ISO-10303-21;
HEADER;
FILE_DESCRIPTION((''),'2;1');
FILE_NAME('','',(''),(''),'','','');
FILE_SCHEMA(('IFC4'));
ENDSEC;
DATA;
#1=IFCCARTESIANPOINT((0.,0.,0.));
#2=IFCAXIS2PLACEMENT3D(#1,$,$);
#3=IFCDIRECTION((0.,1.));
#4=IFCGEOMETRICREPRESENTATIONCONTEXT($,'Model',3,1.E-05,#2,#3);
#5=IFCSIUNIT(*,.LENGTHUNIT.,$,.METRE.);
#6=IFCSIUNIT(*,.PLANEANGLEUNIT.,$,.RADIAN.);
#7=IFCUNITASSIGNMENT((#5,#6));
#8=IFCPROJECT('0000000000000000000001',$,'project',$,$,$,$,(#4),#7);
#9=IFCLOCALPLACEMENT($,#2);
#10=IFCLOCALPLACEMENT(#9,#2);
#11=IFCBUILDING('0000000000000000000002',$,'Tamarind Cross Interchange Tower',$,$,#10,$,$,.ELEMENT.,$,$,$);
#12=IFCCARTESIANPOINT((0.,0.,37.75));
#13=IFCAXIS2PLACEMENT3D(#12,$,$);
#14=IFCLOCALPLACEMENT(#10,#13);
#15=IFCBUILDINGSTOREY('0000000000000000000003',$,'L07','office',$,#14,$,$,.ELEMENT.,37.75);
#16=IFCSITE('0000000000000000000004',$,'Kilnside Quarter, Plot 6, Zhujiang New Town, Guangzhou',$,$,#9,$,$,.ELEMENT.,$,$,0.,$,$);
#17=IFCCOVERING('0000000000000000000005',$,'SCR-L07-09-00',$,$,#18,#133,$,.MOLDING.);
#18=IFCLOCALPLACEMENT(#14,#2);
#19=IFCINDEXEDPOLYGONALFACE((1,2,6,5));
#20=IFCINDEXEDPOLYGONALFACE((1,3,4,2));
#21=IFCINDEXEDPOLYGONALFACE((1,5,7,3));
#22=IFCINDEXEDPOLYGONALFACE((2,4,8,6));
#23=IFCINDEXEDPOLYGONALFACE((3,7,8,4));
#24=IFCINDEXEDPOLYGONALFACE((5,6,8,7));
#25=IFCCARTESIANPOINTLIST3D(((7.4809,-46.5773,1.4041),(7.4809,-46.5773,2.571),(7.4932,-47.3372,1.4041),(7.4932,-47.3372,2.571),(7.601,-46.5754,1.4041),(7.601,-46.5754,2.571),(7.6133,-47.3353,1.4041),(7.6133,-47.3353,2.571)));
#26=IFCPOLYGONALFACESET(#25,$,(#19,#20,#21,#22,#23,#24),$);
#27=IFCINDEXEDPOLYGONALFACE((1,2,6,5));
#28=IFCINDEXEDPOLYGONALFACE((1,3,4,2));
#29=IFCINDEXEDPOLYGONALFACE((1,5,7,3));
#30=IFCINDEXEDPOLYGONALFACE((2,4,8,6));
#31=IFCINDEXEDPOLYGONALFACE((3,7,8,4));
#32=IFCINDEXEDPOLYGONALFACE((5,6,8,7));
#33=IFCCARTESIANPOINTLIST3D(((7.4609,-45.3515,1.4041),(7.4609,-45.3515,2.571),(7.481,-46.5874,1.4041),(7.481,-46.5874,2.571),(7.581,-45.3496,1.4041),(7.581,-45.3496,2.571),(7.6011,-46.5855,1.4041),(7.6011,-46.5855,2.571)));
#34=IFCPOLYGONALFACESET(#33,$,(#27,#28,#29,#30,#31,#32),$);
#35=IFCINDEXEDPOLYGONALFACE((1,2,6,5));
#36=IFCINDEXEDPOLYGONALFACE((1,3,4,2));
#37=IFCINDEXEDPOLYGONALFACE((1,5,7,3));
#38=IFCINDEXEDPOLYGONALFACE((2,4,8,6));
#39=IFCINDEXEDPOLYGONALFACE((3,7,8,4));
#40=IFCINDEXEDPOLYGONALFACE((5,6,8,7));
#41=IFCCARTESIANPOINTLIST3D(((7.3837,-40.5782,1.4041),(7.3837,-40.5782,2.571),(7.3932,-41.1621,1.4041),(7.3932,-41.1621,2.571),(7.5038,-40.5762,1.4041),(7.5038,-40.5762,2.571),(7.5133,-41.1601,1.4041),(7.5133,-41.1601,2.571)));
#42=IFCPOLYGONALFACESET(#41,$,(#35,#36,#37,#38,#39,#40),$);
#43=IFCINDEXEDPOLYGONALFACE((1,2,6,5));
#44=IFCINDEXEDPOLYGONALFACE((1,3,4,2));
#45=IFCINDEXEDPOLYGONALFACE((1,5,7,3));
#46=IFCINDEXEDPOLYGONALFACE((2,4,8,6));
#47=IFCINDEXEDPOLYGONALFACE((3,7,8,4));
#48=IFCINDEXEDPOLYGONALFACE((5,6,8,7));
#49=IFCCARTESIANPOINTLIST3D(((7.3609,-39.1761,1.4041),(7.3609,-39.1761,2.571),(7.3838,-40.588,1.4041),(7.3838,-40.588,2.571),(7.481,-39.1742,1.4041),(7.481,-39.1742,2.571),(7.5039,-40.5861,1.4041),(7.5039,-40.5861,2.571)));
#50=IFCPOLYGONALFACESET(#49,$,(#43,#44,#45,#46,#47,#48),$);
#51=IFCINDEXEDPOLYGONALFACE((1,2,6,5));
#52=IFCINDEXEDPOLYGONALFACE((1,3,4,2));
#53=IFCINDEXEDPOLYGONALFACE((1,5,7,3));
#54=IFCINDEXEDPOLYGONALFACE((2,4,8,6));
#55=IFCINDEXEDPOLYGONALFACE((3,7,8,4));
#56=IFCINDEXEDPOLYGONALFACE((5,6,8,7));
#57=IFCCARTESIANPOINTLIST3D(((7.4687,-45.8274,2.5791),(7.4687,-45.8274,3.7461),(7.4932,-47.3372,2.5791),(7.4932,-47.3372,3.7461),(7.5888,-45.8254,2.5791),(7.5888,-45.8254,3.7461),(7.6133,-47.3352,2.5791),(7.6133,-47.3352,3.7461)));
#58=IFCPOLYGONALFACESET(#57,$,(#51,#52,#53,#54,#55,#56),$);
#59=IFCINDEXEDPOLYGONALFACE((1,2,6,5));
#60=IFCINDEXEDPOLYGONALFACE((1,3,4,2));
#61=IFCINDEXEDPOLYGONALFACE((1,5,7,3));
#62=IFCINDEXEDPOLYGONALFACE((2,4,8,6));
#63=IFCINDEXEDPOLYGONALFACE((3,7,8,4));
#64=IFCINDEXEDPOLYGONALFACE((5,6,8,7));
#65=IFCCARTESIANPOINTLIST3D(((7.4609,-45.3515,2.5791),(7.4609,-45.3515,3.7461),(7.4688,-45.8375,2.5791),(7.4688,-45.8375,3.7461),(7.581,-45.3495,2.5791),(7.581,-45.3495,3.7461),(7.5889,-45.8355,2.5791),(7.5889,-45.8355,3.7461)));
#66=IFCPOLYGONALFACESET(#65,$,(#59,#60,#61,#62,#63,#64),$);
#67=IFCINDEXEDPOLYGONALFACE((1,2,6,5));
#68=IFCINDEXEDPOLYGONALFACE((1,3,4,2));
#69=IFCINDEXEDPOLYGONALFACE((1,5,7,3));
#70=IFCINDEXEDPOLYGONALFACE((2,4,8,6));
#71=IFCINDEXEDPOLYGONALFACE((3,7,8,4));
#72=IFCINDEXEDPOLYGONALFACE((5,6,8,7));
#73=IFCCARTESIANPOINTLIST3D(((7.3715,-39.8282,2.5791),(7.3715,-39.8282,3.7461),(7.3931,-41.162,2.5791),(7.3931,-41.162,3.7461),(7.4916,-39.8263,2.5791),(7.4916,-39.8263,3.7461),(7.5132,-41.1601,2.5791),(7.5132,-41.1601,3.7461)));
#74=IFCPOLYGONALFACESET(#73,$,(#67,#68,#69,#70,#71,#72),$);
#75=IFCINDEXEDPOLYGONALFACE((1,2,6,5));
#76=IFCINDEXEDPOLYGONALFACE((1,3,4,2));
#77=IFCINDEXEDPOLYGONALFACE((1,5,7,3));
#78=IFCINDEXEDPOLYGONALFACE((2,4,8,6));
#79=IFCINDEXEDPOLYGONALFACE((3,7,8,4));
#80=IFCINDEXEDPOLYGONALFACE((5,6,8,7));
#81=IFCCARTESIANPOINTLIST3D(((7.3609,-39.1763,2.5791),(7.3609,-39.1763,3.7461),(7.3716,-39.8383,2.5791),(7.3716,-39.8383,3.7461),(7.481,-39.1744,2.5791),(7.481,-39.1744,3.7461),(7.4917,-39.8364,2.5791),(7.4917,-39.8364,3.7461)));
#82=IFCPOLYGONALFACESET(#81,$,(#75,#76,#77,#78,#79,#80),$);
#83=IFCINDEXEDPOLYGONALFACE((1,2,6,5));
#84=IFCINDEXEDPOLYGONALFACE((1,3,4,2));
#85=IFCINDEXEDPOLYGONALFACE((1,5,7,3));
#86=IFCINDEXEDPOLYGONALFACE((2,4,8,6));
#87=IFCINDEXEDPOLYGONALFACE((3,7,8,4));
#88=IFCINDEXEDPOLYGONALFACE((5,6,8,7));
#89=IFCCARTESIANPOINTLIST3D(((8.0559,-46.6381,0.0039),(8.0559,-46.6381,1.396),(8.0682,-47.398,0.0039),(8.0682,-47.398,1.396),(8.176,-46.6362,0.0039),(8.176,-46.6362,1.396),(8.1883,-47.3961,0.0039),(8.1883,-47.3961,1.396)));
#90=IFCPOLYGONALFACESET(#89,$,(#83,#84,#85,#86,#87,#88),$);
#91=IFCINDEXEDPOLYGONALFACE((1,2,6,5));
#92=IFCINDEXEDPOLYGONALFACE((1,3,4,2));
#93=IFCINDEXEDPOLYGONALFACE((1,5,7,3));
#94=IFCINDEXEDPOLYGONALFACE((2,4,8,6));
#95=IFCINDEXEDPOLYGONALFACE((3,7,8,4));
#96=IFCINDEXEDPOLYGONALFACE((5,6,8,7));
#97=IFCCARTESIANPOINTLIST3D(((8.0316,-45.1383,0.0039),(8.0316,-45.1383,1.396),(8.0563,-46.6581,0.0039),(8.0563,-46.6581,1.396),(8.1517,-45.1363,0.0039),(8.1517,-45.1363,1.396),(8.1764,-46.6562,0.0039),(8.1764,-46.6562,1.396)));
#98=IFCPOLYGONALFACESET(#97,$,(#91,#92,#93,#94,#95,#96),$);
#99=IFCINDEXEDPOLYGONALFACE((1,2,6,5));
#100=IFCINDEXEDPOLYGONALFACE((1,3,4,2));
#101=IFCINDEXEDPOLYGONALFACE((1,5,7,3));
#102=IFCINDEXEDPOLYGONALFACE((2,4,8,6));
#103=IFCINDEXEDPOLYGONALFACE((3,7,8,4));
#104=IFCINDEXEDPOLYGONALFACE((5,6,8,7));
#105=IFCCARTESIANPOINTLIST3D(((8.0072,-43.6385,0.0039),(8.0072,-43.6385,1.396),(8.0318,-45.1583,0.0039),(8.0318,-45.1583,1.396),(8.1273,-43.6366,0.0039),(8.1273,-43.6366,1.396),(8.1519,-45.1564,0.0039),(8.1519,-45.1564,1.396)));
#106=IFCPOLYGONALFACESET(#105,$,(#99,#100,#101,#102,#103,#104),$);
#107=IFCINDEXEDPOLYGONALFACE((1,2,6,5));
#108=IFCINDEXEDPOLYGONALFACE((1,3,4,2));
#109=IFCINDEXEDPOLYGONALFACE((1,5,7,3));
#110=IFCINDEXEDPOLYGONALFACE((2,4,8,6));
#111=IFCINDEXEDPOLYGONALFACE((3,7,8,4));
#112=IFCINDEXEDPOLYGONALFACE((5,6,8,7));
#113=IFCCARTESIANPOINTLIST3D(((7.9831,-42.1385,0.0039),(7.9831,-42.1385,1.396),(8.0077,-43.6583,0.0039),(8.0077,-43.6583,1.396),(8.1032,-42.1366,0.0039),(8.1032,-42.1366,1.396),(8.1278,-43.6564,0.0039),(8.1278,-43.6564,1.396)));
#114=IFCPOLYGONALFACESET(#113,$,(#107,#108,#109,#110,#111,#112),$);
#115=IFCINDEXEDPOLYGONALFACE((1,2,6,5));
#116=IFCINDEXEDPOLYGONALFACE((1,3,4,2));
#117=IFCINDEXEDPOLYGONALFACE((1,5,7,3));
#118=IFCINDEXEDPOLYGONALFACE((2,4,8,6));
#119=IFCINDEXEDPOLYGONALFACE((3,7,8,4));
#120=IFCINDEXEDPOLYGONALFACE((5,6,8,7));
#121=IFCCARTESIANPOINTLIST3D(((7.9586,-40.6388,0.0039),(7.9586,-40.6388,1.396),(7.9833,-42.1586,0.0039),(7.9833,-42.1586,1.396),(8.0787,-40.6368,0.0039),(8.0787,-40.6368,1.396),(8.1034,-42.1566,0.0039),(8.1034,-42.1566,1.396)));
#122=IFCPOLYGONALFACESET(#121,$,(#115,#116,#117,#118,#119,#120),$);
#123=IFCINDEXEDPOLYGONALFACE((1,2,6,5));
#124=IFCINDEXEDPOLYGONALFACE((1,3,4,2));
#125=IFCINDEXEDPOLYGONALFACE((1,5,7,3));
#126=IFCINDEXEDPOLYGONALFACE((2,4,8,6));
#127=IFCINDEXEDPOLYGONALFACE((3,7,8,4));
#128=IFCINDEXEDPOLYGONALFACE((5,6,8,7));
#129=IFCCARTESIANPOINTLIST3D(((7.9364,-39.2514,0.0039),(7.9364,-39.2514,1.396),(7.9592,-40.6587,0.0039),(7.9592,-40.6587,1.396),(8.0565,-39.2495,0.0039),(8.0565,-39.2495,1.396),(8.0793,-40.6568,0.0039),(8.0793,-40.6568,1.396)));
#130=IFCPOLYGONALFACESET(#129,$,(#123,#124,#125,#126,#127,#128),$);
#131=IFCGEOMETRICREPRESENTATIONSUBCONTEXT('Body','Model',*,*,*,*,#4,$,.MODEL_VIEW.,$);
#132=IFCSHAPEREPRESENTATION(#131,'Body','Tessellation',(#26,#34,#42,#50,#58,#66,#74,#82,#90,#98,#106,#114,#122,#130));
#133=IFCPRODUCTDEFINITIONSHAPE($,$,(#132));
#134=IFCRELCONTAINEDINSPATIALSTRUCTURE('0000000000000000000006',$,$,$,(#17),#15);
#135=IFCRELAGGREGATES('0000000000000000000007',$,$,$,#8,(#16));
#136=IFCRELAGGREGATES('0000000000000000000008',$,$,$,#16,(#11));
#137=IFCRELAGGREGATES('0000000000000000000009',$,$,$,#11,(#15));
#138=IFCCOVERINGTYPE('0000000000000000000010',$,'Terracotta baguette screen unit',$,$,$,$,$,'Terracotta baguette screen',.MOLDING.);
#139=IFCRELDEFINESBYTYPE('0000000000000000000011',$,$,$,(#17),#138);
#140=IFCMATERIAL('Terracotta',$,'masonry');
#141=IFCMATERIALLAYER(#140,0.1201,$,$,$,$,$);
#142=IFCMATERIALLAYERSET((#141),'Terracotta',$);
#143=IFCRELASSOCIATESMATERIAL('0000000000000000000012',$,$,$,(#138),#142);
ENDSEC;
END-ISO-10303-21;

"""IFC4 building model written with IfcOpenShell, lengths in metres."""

from ifc_helpers import new_model, si_unit, direction, frame, origin, origin_2d, place, context, subcontext, project, spatial, rectangle, extrude, material, layer, layer_set, type_object, element, save


model = new_model("IFC4")

# Units and contexts
model_context = context("Model", 3, precision=1e-05, world=origin(), true_north=direction((0.0, 1.0)))
body_context = subcontext(model_context, "Body", "Model", "MODEL_VIEW")
ifc_project = project(units=[si_unit("LENGTHUNIT", "METRE"), si_unit("PLANEANGLEUNIT", "RADIAN")], contexts=[model_context])

# Site, building, storey
site_placement = place(None, origin())
site = spatial("IfcSite", under=ifc_project, at=site_placement, Name="Kilnside Quarter, Plot 6, Zhujiang New Town, Guangzhou", CompositionType="ELEMENT", RefElevation=0.0)
building_placement = place(site_placement, origin())
building = spatial("IfcBuilding", under=site, at=building_placement, Name="Tamarind Cross Interchange Tower", CompositionType="ELEMENT")
storey_placement = place(building_placement, frame((0.0, 0.0, 37.75)))
storey = spatial("IfcBuildingStorey", under=building, at=storey_placement, Name="L07", Description="office", CompositionType="ELEMENT", Elevation=37.75)

# Covering
ifc_material_1 = material(Name="Terracotta", Category="masonry")
ifc_layer_1 = layer(ifc_material_1, 0.1201)
ifc_layer_set_1 = layer_set([ifc_layer_1], Name="Terracotta")
covering_type = type_object("IfcCoveringType", Name="Terracotta baguette screen unit", ElementType="Terracotta baguette screen", PredefinedType="MOLDING", material=ifc_layer_set_1)
covering_1_placement = place(storey_placement, origin())
element("IfcCovering", 1, at=covering_1_placement, inside=storey, type_object=covering_type, Name="SCR-L07-09-00", PredefinedType="MOLDING", context=body_context, shape_type="SweptSolid", body=[
    extrude(rectangle(XDim=0.76, YDim=0.1201, at=origin_2d()), frame((7.5471, -46.9563, 1.4041), z_axis=(0.0, 0.0, 1.0), x_axis=(-0.016194, 0.999869, 0.0)), (0.0, 0.0, 1.0), 1.167),
    extrude(rectangle(XDim=1.2361, YDim=0.1201, at=origin_2d()), frame((7.531, -45.9685, 1.4041), z_axis=(0.0, 0.0, 1.0), x_axis=(-0.016194, 0.999869, 0.0)), (0.0, 0.0, 1.0), 1.167),
    extrude(rectangle(XDim=0.584, YDim=0.1201, at=origin_2d()), frame((7.4485, -40.8691, 1.4041), z_axis=(0.0, 0.0, 1.0), x_axis=(-0.016194, 0.999869, 0.0)), (0.0, 0.0, 1.0), 1.167),
    extrude(rectangle(XDim=1.4121, YDim=0.1201, at=origin_2d()), frame((7.4324, -39.8811, 1.4041), z_axis=(0.0, 0.0, 1.0), x_axis=(-0.016194, 0.999869, 0.0)), (0.0, 0.0, 1.0), 1.167),
    extrude(rectangle(XDim=1.51, YDim=0.1201, at=origin_2d()), frame((7.541, -46.5813, 2.5791), z_axis=(0.0, 0.0, 1.0), x_axis=(-0.016194, 0.999869, 0.0)), (0.0, 0.0, 1.0), 1.167),
    extrude(rectangle(XDim=0.4861, YDim=0.1201, at=origin_2d()), frame((7.5249, -45.5935, 2.5791), z_axis=(0.0, 0.0, 1.0), x_axis=(-0.016194, 0.999869, 0.0)), (0.0, 0.0, 1.0), 1.167),
    extrude(rectangle(XDim=1.334, YDim=0.1201, at=origin_2d()), frame((7.4424, -40.4941, 2.5791), z_axis=(0.0, 0.0, 1.0), x_axis=(-0.016194, 0.999869, 0.0)), (0.0, 0.0, 1.0), 1.167),
    extrude(rectangle(XDim=0.6621, YDim=0.1201, at=origin_2d()), frame((7.4263, -39.5063, 2.5791), z_axis=(0.0, 0.0, 1.0), x_axis=(-0.016194, 0.999869, 0.0)), (0.0, 0.0, 1.0), 1.167),
    extrude(rectangle(XDim=0.76, YDim=0.1201, at=origin_2d()), frame((8.1221, -47.0171, 0.0039), z_axis=(0.0, 0.0, 1.0), x_axis=(-0.016194, 0.999869, 0.0)), (0.0, 0.0, 1.0), 1.3921),
    extrude(rectangle(XDim=1.52, YDim=0.1201, at=origin_2d()), frame((8.104, -45.8972, 0.0039), z_axis=(0.0, 0.0, 1.0), x_axis=(-0.016194, 0.999869, 0.0)), (0.0, 0.0, 1.0), 1.3921),
    extrude(rectangle(XDim=1.52, YDim=0.1201, at=origin_2d()), frame((8.0796, -44.3975, 0.0039), z_axis=(0.0, 0.0, 1.0), x_axis=(-0.016194, 0.999869, 0.0)), (0.0, 0.0, 1.0), 1.3921),
    extrude(rectangle(XDim=1.52, YDim=0.1201, at=origin_2d()), frame((8.0554, -42.8975, 0.0039), z_axis=(0.0, 0.0, 1.0), x_axis=(-0.016194, 0.999869, 0.0)), (0.0, 0.0, 1.0), 1.3921),
    extrude(rectangle(XDim=1.52, YDim=0.1201, at=origin_2d()), frame((8.031, -41.3977, 0.0039), z_axis=(0.0, 0.0, 1.0), x_axis=(-0.016194, 0.999869, 0.0)), (0.0, 0.0, 1.0), 1.3921),
    extrude(rectangle(XDim=1.4075, YDim=0.1201, at=origin_2d()), frame((8.0078, -39.9541, 0.0039), z_axis=(0.0, 0.0, 1.0), x_axis=(-0.016194, 0.999869, 0.0)), (0.0, 0.0, 1.0), 1.3921),
])

save(model, "model.ifc")
